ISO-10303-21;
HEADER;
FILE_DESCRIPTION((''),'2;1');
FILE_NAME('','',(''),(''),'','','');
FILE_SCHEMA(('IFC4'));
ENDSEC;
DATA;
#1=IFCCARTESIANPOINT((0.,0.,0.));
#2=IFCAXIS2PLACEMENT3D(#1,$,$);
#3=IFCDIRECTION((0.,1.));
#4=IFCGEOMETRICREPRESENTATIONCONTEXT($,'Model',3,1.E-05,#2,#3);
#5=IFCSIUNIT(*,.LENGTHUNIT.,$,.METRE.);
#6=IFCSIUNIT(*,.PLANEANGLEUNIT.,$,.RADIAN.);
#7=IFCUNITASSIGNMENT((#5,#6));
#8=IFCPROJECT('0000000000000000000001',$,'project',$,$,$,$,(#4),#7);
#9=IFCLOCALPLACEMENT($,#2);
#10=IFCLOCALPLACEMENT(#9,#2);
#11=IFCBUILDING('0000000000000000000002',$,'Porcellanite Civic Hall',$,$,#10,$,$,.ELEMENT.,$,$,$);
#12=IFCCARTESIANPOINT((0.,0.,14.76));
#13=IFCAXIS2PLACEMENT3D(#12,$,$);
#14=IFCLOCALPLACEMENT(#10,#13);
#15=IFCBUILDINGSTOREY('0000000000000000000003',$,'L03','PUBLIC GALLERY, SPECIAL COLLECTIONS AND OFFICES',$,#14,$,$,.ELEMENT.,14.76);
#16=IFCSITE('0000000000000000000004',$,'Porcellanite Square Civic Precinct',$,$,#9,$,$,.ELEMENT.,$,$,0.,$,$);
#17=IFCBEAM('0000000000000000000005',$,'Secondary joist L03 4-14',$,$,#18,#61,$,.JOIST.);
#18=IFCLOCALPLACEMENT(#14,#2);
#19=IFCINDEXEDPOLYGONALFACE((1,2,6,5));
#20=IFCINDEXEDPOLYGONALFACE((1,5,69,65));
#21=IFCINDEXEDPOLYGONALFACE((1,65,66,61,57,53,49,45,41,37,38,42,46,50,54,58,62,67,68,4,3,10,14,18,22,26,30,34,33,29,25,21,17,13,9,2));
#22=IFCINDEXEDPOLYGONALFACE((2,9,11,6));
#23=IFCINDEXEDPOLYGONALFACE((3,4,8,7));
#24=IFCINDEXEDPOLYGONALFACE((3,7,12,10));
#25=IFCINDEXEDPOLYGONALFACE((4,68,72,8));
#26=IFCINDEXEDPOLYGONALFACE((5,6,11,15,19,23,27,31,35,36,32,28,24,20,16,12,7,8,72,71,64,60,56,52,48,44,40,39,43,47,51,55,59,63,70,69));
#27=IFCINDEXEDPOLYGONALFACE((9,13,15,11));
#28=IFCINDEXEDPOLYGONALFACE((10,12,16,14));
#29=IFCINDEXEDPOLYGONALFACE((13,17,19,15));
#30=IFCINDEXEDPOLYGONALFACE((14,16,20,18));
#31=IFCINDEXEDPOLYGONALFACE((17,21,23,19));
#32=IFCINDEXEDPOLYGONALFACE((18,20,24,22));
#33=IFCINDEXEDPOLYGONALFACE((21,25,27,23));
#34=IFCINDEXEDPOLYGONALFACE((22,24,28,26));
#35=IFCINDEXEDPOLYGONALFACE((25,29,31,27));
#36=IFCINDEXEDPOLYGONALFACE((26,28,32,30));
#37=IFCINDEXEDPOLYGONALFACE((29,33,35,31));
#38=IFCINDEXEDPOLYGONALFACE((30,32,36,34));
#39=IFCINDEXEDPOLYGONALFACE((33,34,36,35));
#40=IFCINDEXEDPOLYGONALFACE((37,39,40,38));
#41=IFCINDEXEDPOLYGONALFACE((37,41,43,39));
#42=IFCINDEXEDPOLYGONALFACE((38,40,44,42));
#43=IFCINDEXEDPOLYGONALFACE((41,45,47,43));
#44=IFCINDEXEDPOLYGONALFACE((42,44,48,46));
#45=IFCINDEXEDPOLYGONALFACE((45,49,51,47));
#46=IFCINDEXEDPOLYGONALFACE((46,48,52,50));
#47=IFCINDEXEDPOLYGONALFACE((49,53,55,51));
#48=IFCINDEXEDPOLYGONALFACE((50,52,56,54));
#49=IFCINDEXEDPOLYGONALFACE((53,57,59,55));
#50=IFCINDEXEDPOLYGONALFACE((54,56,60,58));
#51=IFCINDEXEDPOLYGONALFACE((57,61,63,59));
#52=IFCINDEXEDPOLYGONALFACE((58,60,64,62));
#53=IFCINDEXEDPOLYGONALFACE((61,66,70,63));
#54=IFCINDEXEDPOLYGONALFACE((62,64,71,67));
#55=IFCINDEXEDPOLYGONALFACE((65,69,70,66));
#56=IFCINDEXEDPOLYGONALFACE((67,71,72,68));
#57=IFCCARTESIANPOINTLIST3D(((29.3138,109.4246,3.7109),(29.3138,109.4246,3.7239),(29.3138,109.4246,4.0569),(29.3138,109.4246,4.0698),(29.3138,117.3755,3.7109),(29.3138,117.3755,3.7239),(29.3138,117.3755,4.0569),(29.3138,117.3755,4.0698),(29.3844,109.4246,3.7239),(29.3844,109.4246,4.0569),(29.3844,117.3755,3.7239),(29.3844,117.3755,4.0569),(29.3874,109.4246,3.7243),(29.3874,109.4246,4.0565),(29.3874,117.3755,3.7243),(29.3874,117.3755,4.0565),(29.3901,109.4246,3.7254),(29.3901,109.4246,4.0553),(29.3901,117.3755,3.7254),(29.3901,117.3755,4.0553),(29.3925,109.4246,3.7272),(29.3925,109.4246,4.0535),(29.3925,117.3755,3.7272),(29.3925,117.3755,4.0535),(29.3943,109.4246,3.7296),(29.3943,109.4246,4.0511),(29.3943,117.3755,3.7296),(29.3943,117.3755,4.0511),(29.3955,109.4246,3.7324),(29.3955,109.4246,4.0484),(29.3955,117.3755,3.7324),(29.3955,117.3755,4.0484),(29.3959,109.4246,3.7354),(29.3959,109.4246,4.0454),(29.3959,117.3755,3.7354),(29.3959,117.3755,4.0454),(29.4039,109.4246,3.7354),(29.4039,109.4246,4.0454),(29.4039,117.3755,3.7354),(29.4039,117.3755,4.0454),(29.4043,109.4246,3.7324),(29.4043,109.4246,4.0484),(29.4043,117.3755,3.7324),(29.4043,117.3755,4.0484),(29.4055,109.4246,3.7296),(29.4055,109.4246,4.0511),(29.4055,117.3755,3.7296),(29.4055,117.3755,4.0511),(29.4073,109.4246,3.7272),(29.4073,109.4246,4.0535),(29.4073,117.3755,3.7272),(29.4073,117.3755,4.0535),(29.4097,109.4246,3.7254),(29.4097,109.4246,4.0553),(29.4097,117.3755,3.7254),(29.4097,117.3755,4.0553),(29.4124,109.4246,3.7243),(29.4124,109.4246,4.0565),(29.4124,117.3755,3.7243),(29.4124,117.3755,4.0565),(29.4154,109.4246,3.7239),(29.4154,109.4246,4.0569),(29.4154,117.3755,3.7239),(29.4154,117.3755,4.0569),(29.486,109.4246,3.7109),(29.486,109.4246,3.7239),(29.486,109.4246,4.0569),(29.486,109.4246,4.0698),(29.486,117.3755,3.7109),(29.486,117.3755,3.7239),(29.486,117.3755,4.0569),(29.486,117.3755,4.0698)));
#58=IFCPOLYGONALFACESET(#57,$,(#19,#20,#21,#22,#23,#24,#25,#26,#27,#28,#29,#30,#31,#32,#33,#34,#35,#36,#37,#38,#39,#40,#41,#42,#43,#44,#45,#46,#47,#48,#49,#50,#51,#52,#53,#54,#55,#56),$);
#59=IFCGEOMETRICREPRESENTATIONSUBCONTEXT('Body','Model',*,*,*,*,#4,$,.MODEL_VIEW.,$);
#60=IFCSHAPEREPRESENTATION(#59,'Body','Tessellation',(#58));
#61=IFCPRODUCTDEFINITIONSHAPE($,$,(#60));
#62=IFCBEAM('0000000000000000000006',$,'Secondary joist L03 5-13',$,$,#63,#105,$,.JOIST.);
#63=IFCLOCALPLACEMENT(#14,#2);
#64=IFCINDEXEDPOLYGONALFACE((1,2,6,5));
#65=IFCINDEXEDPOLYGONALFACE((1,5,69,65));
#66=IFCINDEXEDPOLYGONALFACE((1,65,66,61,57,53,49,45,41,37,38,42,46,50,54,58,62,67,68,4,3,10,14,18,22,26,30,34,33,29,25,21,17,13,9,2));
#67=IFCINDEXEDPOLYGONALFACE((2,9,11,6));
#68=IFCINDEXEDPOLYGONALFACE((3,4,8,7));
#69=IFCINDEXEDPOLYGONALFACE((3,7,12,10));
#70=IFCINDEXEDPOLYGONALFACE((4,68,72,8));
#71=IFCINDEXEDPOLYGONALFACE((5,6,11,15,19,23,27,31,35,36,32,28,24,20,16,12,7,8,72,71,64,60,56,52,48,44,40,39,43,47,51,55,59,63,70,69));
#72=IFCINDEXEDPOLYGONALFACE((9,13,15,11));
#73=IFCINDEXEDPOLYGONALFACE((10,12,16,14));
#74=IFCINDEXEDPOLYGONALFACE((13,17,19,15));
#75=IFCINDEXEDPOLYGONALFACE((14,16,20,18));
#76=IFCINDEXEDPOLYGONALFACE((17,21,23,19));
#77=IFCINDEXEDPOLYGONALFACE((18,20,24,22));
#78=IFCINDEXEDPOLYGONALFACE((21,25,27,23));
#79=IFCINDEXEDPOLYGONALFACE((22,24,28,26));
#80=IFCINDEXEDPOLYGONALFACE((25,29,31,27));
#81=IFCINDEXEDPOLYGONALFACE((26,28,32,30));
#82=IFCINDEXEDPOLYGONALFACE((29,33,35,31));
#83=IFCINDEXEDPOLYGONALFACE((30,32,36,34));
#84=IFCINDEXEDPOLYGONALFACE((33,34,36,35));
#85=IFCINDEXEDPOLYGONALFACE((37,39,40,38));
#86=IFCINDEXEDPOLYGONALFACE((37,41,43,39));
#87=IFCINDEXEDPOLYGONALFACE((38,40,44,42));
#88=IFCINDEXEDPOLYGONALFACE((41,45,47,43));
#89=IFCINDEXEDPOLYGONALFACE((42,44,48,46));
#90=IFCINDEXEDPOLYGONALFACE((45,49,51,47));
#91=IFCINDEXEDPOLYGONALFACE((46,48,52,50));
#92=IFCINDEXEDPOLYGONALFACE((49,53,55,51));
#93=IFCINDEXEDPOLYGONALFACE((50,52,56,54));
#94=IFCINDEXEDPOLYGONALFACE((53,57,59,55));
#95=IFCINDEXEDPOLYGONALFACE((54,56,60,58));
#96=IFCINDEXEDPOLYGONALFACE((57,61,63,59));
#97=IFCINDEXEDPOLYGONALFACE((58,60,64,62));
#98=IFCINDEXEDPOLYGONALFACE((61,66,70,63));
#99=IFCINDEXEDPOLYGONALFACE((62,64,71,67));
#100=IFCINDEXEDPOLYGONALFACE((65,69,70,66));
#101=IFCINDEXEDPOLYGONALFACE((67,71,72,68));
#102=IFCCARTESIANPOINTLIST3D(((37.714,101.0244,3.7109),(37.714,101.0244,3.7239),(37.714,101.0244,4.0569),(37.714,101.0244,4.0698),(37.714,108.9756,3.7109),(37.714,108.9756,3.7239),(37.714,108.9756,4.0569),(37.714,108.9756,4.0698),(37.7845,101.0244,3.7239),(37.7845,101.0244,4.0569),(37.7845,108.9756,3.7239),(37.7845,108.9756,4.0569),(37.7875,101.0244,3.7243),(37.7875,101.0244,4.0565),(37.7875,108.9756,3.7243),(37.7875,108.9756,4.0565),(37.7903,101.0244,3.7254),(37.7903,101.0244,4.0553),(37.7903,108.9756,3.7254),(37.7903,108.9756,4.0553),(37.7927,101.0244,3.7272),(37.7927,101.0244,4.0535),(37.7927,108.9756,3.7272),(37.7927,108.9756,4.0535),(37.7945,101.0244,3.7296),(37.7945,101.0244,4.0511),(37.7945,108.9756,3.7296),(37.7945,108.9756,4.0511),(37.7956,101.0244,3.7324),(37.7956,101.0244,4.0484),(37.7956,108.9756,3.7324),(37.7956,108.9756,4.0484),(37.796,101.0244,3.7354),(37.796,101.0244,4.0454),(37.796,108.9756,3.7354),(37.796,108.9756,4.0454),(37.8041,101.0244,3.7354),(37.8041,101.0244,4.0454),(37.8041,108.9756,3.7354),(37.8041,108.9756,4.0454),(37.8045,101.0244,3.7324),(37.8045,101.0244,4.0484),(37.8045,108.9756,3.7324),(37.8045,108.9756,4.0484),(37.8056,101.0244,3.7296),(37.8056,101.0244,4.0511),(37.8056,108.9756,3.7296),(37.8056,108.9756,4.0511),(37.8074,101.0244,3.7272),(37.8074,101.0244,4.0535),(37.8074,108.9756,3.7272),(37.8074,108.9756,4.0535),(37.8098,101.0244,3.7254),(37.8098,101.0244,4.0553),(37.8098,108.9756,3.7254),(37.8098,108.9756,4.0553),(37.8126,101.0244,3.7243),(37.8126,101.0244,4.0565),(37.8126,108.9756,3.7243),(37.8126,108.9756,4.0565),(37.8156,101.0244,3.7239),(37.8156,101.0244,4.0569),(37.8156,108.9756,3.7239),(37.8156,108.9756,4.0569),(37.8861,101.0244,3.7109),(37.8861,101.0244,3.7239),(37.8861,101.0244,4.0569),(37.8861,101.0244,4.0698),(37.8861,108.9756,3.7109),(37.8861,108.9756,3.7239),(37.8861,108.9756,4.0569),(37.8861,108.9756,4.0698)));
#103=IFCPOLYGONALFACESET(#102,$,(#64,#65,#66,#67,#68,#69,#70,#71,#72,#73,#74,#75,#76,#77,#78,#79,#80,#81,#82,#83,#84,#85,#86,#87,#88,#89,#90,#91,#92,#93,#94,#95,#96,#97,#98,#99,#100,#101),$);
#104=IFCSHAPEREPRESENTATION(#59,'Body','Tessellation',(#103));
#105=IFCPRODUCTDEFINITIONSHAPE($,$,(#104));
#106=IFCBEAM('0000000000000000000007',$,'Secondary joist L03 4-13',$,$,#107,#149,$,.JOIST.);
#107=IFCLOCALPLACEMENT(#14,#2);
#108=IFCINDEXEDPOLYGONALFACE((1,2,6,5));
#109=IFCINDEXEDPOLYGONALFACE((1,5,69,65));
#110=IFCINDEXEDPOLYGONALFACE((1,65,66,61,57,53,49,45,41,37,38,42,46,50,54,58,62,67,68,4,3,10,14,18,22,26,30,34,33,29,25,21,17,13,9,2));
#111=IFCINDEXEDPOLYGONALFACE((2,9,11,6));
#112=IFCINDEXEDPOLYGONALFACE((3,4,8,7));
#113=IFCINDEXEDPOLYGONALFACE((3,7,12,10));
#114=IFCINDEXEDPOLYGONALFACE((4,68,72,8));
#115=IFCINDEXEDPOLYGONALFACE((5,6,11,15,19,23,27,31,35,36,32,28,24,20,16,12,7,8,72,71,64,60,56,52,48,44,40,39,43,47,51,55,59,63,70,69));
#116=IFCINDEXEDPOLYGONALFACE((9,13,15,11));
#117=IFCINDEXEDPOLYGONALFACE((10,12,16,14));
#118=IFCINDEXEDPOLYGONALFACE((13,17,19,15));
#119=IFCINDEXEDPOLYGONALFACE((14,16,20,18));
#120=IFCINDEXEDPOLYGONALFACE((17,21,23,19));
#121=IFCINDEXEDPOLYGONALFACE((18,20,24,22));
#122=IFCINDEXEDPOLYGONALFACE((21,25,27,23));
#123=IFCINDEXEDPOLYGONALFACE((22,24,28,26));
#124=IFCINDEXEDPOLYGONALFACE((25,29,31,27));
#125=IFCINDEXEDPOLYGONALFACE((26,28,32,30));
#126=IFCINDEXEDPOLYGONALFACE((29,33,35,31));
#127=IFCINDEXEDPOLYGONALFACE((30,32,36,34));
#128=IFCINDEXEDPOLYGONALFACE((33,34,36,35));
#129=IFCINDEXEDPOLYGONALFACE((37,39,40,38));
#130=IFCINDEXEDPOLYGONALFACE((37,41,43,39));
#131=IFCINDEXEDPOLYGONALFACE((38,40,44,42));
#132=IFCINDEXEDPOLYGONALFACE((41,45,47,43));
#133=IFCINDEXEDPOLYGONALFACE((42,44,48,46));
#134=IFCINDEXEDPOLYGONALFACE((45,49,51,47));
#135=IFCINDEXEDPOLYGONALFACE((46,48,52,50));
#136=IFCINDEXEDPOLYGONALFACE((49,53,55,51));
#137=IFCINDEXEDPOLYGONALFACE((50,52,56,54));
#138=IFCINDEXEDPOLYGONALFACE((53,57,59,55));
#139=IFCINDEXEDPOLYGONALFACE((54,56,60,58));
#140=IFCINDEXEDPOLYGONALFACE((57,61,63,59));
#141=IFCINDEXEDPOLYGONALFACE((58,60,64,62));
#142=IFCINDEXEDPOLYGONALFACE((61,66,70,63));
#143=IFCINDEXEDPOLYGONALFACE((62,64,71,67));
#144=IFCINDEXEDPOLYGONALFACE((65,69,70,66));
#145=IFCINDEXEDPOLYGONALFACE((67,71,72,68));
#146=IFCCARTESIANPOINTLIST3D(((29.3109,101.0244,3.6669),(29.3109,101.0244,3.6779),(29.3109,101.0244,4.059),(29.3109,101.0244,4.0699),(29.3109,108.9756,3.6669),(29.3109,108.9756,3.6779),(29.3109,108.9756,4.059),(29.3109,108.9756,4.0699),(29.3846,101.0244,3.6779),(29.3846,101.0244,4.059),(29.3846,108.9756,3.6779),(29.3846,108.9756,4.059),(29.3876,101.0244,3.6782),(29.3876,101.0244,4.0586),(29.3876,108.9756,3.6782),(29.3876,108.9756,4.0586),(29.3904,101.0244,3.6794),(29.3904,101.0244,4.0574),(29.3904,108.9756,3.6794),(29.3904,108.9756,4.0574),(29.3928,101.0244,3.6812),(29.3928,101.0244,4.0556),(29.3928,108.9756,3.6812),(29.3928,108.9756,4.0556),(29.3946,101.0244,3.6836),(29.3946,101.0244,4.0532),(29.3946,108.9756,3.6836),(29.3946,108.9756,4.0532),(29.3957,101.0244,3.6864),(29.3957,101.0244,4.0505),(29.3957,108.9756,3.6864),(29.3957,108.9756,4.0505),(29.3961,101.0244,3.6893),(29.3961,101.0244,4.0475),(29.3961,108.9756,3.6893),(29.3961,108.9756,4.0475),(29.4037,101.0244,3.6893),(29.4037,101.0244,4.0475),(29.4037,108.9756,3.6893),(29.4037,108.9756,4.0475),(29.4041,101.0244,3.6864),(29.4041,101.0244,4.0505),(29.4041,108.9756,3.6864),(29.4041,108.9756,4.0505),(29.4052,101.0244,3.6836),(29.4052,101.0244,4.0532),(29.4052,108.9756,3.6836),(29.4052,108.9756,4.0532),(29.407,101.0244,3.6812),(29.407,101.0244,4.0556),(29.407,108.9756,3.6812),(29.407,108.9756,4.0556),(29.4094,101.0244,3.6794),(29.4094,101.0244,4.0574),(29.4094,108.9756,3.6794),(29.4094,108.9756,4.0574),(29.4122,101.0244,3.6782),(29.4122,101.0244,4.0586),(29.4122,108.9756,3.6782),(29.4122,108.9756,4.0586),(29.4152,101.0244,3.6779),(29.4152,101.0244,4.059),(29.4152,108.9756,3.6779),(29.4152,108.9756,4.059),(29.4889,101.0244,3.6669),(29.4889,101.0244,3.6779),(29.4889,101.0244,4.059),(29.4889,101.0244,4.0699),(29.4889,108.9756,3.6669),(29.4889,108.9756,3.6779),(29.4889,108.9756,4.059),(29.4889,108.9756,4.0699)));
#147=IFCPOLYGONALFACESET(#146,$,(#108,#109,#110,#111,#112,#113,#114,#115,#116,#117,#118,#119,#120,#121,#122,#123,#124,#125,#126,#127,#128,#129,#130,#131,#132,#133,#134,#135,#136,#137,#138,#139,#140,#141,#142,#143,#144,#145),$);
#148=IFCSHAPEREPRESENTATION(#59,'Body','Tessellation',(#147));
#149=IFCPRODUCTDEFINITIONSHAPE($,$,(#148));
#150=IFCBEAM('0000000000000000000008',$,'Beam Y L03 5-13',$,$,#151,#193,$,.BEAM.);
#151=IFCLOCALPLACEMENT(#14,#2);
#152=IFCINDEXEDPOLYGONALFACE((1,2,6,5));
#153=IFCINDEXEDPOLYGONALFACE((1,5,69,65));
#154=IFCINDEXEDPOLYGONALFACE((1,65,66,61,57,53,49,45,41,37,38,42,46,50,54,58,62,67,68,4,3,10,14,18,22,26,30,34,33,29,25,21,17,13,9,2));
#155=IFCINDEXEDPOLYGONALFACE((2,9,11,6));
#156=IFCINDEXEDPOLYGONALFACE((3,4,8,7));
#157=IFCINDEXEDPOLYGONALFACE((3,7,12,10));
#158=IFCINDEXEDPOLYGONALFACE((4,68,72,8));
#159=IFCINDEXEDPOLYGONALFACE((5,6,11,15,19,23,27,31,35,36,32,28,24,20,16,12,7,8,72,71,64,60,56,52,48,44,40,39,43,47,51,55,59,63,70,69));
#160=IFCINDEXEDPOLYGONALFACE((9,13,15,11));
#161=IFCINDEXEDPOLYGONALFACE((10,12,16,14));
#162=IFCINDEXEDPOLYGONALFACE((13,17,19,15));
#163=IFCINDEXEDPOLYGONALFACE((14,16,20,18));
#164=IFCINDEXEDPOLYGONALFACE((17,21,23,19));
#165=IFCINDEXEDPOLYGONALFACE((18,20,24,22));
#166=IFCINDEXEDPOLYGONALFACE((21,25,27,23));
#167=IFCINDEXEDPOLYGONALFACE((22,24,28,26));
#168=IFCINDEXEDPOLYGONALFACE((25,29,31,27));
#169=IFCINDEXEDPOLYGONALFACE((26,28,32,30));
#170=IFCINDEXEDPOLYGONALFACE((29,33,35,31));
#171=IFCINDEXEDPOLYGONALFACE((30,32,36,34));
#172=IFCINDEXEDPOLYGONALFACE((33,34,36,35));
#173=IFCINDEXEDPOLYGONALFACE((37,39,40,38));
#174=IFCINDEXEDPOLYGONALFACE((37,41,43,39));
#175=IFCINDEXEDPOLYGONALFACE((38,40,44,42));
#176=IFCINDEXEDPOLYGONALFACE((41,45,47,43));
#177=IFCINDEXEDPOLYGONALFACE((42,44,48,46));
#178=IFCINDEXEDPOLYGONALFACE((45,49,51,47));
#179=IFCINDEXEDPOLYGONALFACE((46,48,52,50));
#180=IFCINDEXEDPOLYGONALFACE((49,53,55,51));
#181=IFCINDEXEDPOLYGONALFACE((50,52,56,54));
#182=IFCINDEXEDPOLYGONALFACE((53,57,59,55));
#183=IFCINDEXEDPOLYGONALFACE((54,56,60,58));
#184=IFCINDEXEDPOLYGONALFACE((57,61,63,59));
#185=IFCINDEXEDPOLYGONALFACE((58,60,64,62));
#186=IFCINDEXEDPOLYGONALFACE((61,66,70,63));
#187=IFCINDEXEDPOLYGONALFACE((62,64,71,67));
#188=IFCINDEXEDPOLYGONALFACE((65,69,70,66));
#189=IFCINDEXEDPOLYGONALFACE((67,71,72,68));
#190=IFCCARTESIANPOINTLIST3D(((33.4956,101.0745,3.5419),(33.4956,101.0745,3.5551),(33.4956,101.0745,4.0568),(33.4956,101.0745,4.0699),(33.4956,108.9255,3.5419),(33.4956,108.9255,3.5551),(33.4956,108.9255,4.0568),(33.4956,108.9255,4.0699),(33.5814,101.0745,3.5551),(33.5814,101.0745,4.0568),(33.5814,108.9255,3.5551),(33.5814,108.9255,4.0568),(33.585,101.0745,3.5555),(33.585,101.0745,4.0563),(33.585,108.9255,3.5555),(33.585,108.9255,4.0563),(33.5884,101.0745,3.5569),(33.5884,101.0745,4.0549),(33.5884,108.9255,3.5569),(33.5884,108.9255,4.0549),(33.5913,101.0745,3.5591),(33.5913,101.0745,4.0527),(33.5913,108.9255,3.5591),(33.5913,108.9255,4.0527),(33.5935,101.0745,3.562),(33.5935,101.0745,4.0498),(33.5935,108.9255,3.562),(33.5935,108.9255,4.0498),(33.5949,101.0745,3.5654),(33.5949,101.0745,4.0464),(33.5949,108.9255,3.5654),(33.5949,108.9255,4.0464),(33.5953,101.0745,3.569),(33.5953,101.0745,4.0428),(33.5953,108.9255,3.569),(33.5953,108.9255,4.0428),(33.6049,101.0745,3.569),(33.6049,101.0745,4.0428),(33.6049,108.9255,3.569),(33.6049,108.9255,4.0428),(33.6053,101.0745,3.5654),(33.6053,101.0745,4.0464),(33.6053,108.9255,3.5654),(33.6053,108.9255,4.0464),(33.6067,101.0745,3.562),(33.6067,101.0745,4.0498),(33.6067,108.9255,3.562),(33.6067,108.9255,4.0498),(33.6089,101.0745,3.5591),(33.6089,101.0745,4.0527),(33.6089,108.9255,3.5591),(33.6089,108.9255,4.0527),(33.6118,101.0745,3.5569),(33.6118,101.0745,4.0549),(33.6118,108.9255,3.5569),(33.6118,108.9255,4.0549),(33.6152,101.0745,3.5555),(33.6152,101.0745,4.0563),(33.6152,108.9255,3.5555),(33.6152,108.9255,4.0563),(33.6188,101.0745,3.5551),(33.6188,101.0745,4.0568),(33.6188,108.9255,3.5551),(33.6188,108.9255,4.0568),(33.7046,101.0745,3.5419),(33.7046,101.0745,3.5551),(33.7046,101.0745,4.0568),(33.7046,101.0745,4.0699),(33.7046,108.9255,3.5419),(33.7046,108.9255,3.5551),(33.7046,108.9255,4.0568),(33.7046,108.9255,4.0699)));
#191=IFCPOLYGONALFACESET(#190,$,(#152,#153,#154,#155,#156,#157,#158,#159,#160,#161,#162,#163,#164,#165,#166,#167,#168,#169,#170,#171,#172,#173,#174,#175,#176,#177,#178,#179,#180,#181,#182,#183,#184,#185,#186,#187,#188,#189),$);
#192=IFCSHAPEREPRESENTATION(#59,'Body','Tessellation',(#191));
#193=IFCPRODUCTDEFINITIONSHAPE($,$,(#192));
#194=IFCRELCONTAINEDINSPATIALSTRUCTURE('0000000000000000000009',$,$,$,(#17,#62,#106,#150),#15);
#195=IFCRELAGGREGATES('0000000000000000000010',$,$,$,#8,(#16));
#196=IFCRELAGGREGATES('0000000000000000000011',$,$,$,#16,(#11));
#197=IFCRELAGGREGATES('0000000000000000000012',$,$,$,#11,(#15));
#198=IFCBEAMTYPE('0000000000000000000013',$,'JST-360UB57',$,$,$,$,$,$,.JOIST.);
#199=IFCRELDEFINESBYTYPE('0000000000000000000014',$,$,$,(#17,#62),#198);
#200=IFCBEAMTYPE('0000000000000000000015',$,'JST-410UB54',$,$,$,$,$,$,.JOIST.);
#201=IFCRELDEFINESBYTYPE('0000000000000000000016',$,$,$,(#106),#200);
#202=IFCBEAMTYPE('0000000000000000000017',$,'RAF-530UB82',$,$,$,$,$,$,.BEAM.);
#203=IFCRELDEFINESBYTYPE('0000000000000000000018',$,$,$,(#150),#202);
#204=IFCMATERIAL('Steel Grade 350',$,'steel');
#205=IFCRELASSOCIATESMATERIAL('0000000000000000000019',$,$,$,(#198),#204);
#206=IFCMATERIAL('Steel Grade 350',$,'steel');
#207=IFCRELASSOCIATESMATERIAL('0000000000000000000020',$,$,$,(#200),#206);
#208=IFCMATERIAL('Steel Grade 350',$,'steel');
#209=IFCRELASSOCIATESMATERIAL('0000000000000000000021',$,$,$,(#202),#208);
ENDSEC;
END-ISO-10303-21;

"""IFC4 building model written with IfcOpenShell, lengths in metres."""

from ifc_helpers import new_model, si_unit, direction, frame, origin, origin_2d, place, context, subcontext, project, spatial, i_section, extrude, material, material_profile, profile_set, type_object, element, save


model = new_model("IFC4")

# Units and contexts
model_context = context("Model", 3, precision=1e-05, world=origin(), true_north=direction((0.0, 1.0)))
body_context = subcontext(model_context, "Body", "Model", "MODEL_VIEW")
ifc_project = project(units=[si_unit("LENGTHUNIT", "METRE"), si_unit("PLANEANGLEUNIT", "RADIAN")], contexts=[model_context])

# Site, building, storey
site_placement = place(None, origin())
site = spatial("IfcSite", under=ifc_project, at=site_placement, Name="Porcellanite Square Civic Precinct", CompositionType="ELEMENT", RefElevation=0.0)
building_placement = place(site_placement, origin())
building = spatial("IfcBuilding", under=site, at=building_placement, Name="Porcellanite Civic Hall", CompositionType="ELEMENT")
storey_placement = place(building_placement, frame((0.0, 0.0, 14.76)))
storey = spatial("IfcBuildingStorey", under=building, at=storey_placement, Name="L03", Description="PUBLIC GALLERY, SPECIAL COLLECTIONS AND OFFICES", CompositionType="ELEMENT", Elevation=14.76)

# Beams
ifc_material_1 = material(Name="Steel Grade 350", Category="steel")
ifc_material_profile_1 = material_profile(ifc_material_1, i_section(OverallWidth=0.1721, OverallDepth=0.3589, WebThickness=0.0081, FlangeThickness=0.0129, FilletRadius=0.0115, at=origin_2d()), Name="360UB56.7")
ifc_profile_set_1 = profile_set([ifc_material_profile_1], Name="Steel Grade 350")
beam_type_1 = type_object("IfcBeamType", Name="JST-360UB57", PredefinedType="JOIST", material=ifc_profile_set_1)
beam_1_placement = place(storey_placement, frame((29.3999, 109.4246, 3.8904), z_axis=(0.0, 1.0, 0.0), x_axis=(-1.0, 0.0, 0.0)))
element("IfcBeam", 1, at=beam_1_placement, inside=storey, type_object=beam_type_1, Name="Secondary joist L03 4-14", PredefinedType="JOIST", context=body_context, shape_type="SweptSolid", body=[
    extrude(i_section(OverallWidth=0.1721, OverallDepth=0.3589, WebThickness=0.0081, FlangeThickness=0.0129, FilletRadius=0.0115, at=origin_2d()), origin(), (0.0, 0.0, 1.0), 7.9509),
])
beam_2_placement = place(storey_placement, frame((37.8, 101.0244, 3.8904), z_axis=(0.0, 1.0, 0.0), x_axis=(-1.0, 0.0, 0.0)))
element("IfcBeam", 2, at=beam_2_placement, inside=storey, type_object=beam_type_1, Name="Secondary joist L03 5-13", PredefinedType="JOIST", context=body_context, shape_type="SweptSolid", body=[
    extrude(i_section(OverallWidth=0.1721, OverallDepth=0.3589, WebThickness=0.0081, FlangeThickness=0.0129, FilletRadius=0.0115, at=origin_2d()), origin(), (0.0, 0.0, 1.0), 7.9512),
])
ifc_material_2 = material(Name="Steel Grade 350", Category="steel")
ifc_material_profile_2 = material_profile(ifc_material_2, i_section(OverallWidth=0.178, OverallDepth=0.4031, WebThickness=0.0076, FlangeThickness=0.011, FilletRadius=0.0115, at=origin_2d()), Name="410UB53.7")
ifc_profile_set_2 = profile_set([ifc_material_profile_2], Name="Steel Grade 350")
beam_type_2 = type_object("IfcBeamType", Name="JST-410UB54", PredefinedType="JOIST", material=ifc_profile_set_2)
beam_3_placement = place(storey_placement, frame((29.3999, 101.0244, 3.8684), z_axis=(0.0, 1.0, 0.0), x_axis=(-1.0, 0.0, 0.0)))
element("IfcBeam", 3, at=beam_3_placement, inside=storey, type_object=beam_type_2, Name="Secondary joist L03 4-13", PredefinedType="JOIST", context=body_context, shape_type="SweptSolid", body=[
    extrude(i_section(OverallWidth=0.178, OverallDepth=0.4031, WebThickness=0.0076, FlangeThickness=0.011, FilletRadius=0.0115, at=origin_2d()), origin(), (0.0, 0.0, 1.0), 7.9512),
])
ifc_material_3 = material(Name="Steel Grade 350", Category="steel")
ifc_material_profile_3 = material_profile(ifc_material_3, i_section(OverallWidth=0.209, OverallDepth=0.5281, WebThickness=0.0095, FlangeThickness=0.0132, FilletRadius=0.0139, at=origin_2d()), Name="530UB82.0")
ifc_profile_set_3 = profile_set([ifc_material_profile_3], Name="Steel Grade 350")
beam_type_3 = type_object("IfcBeamType", Name="RAF-530UB82", PredefinedType="BEAM", material=ifc_profile_set_3)
beam_4_placement = place(storey_placement, frame((33.6001, 101.0745, 3.8059), z_axis=(0.0, 1.0, 0.0), x_axis=(-1.0, 0.0, 0.0)))
element("IfcBeam", 4, at=beam_4_placement, inside=storey, type_object=beam_type_3, Name="Beam Y L03 5-13", PredefinedType="BEAM", context=body_context, shape_type="SweptSolid", body=[
    extrude(i_section(OverallWidth=0.209, OverallDepth=0.5281, WebThickness=0.0095, FlangeThickness=0.0132, FilletRadius=0.0139, at=origin_2d()), origin(), (0.0, 0.0, 1.0), 7.8511),
])

save(model, "model.ifc")
